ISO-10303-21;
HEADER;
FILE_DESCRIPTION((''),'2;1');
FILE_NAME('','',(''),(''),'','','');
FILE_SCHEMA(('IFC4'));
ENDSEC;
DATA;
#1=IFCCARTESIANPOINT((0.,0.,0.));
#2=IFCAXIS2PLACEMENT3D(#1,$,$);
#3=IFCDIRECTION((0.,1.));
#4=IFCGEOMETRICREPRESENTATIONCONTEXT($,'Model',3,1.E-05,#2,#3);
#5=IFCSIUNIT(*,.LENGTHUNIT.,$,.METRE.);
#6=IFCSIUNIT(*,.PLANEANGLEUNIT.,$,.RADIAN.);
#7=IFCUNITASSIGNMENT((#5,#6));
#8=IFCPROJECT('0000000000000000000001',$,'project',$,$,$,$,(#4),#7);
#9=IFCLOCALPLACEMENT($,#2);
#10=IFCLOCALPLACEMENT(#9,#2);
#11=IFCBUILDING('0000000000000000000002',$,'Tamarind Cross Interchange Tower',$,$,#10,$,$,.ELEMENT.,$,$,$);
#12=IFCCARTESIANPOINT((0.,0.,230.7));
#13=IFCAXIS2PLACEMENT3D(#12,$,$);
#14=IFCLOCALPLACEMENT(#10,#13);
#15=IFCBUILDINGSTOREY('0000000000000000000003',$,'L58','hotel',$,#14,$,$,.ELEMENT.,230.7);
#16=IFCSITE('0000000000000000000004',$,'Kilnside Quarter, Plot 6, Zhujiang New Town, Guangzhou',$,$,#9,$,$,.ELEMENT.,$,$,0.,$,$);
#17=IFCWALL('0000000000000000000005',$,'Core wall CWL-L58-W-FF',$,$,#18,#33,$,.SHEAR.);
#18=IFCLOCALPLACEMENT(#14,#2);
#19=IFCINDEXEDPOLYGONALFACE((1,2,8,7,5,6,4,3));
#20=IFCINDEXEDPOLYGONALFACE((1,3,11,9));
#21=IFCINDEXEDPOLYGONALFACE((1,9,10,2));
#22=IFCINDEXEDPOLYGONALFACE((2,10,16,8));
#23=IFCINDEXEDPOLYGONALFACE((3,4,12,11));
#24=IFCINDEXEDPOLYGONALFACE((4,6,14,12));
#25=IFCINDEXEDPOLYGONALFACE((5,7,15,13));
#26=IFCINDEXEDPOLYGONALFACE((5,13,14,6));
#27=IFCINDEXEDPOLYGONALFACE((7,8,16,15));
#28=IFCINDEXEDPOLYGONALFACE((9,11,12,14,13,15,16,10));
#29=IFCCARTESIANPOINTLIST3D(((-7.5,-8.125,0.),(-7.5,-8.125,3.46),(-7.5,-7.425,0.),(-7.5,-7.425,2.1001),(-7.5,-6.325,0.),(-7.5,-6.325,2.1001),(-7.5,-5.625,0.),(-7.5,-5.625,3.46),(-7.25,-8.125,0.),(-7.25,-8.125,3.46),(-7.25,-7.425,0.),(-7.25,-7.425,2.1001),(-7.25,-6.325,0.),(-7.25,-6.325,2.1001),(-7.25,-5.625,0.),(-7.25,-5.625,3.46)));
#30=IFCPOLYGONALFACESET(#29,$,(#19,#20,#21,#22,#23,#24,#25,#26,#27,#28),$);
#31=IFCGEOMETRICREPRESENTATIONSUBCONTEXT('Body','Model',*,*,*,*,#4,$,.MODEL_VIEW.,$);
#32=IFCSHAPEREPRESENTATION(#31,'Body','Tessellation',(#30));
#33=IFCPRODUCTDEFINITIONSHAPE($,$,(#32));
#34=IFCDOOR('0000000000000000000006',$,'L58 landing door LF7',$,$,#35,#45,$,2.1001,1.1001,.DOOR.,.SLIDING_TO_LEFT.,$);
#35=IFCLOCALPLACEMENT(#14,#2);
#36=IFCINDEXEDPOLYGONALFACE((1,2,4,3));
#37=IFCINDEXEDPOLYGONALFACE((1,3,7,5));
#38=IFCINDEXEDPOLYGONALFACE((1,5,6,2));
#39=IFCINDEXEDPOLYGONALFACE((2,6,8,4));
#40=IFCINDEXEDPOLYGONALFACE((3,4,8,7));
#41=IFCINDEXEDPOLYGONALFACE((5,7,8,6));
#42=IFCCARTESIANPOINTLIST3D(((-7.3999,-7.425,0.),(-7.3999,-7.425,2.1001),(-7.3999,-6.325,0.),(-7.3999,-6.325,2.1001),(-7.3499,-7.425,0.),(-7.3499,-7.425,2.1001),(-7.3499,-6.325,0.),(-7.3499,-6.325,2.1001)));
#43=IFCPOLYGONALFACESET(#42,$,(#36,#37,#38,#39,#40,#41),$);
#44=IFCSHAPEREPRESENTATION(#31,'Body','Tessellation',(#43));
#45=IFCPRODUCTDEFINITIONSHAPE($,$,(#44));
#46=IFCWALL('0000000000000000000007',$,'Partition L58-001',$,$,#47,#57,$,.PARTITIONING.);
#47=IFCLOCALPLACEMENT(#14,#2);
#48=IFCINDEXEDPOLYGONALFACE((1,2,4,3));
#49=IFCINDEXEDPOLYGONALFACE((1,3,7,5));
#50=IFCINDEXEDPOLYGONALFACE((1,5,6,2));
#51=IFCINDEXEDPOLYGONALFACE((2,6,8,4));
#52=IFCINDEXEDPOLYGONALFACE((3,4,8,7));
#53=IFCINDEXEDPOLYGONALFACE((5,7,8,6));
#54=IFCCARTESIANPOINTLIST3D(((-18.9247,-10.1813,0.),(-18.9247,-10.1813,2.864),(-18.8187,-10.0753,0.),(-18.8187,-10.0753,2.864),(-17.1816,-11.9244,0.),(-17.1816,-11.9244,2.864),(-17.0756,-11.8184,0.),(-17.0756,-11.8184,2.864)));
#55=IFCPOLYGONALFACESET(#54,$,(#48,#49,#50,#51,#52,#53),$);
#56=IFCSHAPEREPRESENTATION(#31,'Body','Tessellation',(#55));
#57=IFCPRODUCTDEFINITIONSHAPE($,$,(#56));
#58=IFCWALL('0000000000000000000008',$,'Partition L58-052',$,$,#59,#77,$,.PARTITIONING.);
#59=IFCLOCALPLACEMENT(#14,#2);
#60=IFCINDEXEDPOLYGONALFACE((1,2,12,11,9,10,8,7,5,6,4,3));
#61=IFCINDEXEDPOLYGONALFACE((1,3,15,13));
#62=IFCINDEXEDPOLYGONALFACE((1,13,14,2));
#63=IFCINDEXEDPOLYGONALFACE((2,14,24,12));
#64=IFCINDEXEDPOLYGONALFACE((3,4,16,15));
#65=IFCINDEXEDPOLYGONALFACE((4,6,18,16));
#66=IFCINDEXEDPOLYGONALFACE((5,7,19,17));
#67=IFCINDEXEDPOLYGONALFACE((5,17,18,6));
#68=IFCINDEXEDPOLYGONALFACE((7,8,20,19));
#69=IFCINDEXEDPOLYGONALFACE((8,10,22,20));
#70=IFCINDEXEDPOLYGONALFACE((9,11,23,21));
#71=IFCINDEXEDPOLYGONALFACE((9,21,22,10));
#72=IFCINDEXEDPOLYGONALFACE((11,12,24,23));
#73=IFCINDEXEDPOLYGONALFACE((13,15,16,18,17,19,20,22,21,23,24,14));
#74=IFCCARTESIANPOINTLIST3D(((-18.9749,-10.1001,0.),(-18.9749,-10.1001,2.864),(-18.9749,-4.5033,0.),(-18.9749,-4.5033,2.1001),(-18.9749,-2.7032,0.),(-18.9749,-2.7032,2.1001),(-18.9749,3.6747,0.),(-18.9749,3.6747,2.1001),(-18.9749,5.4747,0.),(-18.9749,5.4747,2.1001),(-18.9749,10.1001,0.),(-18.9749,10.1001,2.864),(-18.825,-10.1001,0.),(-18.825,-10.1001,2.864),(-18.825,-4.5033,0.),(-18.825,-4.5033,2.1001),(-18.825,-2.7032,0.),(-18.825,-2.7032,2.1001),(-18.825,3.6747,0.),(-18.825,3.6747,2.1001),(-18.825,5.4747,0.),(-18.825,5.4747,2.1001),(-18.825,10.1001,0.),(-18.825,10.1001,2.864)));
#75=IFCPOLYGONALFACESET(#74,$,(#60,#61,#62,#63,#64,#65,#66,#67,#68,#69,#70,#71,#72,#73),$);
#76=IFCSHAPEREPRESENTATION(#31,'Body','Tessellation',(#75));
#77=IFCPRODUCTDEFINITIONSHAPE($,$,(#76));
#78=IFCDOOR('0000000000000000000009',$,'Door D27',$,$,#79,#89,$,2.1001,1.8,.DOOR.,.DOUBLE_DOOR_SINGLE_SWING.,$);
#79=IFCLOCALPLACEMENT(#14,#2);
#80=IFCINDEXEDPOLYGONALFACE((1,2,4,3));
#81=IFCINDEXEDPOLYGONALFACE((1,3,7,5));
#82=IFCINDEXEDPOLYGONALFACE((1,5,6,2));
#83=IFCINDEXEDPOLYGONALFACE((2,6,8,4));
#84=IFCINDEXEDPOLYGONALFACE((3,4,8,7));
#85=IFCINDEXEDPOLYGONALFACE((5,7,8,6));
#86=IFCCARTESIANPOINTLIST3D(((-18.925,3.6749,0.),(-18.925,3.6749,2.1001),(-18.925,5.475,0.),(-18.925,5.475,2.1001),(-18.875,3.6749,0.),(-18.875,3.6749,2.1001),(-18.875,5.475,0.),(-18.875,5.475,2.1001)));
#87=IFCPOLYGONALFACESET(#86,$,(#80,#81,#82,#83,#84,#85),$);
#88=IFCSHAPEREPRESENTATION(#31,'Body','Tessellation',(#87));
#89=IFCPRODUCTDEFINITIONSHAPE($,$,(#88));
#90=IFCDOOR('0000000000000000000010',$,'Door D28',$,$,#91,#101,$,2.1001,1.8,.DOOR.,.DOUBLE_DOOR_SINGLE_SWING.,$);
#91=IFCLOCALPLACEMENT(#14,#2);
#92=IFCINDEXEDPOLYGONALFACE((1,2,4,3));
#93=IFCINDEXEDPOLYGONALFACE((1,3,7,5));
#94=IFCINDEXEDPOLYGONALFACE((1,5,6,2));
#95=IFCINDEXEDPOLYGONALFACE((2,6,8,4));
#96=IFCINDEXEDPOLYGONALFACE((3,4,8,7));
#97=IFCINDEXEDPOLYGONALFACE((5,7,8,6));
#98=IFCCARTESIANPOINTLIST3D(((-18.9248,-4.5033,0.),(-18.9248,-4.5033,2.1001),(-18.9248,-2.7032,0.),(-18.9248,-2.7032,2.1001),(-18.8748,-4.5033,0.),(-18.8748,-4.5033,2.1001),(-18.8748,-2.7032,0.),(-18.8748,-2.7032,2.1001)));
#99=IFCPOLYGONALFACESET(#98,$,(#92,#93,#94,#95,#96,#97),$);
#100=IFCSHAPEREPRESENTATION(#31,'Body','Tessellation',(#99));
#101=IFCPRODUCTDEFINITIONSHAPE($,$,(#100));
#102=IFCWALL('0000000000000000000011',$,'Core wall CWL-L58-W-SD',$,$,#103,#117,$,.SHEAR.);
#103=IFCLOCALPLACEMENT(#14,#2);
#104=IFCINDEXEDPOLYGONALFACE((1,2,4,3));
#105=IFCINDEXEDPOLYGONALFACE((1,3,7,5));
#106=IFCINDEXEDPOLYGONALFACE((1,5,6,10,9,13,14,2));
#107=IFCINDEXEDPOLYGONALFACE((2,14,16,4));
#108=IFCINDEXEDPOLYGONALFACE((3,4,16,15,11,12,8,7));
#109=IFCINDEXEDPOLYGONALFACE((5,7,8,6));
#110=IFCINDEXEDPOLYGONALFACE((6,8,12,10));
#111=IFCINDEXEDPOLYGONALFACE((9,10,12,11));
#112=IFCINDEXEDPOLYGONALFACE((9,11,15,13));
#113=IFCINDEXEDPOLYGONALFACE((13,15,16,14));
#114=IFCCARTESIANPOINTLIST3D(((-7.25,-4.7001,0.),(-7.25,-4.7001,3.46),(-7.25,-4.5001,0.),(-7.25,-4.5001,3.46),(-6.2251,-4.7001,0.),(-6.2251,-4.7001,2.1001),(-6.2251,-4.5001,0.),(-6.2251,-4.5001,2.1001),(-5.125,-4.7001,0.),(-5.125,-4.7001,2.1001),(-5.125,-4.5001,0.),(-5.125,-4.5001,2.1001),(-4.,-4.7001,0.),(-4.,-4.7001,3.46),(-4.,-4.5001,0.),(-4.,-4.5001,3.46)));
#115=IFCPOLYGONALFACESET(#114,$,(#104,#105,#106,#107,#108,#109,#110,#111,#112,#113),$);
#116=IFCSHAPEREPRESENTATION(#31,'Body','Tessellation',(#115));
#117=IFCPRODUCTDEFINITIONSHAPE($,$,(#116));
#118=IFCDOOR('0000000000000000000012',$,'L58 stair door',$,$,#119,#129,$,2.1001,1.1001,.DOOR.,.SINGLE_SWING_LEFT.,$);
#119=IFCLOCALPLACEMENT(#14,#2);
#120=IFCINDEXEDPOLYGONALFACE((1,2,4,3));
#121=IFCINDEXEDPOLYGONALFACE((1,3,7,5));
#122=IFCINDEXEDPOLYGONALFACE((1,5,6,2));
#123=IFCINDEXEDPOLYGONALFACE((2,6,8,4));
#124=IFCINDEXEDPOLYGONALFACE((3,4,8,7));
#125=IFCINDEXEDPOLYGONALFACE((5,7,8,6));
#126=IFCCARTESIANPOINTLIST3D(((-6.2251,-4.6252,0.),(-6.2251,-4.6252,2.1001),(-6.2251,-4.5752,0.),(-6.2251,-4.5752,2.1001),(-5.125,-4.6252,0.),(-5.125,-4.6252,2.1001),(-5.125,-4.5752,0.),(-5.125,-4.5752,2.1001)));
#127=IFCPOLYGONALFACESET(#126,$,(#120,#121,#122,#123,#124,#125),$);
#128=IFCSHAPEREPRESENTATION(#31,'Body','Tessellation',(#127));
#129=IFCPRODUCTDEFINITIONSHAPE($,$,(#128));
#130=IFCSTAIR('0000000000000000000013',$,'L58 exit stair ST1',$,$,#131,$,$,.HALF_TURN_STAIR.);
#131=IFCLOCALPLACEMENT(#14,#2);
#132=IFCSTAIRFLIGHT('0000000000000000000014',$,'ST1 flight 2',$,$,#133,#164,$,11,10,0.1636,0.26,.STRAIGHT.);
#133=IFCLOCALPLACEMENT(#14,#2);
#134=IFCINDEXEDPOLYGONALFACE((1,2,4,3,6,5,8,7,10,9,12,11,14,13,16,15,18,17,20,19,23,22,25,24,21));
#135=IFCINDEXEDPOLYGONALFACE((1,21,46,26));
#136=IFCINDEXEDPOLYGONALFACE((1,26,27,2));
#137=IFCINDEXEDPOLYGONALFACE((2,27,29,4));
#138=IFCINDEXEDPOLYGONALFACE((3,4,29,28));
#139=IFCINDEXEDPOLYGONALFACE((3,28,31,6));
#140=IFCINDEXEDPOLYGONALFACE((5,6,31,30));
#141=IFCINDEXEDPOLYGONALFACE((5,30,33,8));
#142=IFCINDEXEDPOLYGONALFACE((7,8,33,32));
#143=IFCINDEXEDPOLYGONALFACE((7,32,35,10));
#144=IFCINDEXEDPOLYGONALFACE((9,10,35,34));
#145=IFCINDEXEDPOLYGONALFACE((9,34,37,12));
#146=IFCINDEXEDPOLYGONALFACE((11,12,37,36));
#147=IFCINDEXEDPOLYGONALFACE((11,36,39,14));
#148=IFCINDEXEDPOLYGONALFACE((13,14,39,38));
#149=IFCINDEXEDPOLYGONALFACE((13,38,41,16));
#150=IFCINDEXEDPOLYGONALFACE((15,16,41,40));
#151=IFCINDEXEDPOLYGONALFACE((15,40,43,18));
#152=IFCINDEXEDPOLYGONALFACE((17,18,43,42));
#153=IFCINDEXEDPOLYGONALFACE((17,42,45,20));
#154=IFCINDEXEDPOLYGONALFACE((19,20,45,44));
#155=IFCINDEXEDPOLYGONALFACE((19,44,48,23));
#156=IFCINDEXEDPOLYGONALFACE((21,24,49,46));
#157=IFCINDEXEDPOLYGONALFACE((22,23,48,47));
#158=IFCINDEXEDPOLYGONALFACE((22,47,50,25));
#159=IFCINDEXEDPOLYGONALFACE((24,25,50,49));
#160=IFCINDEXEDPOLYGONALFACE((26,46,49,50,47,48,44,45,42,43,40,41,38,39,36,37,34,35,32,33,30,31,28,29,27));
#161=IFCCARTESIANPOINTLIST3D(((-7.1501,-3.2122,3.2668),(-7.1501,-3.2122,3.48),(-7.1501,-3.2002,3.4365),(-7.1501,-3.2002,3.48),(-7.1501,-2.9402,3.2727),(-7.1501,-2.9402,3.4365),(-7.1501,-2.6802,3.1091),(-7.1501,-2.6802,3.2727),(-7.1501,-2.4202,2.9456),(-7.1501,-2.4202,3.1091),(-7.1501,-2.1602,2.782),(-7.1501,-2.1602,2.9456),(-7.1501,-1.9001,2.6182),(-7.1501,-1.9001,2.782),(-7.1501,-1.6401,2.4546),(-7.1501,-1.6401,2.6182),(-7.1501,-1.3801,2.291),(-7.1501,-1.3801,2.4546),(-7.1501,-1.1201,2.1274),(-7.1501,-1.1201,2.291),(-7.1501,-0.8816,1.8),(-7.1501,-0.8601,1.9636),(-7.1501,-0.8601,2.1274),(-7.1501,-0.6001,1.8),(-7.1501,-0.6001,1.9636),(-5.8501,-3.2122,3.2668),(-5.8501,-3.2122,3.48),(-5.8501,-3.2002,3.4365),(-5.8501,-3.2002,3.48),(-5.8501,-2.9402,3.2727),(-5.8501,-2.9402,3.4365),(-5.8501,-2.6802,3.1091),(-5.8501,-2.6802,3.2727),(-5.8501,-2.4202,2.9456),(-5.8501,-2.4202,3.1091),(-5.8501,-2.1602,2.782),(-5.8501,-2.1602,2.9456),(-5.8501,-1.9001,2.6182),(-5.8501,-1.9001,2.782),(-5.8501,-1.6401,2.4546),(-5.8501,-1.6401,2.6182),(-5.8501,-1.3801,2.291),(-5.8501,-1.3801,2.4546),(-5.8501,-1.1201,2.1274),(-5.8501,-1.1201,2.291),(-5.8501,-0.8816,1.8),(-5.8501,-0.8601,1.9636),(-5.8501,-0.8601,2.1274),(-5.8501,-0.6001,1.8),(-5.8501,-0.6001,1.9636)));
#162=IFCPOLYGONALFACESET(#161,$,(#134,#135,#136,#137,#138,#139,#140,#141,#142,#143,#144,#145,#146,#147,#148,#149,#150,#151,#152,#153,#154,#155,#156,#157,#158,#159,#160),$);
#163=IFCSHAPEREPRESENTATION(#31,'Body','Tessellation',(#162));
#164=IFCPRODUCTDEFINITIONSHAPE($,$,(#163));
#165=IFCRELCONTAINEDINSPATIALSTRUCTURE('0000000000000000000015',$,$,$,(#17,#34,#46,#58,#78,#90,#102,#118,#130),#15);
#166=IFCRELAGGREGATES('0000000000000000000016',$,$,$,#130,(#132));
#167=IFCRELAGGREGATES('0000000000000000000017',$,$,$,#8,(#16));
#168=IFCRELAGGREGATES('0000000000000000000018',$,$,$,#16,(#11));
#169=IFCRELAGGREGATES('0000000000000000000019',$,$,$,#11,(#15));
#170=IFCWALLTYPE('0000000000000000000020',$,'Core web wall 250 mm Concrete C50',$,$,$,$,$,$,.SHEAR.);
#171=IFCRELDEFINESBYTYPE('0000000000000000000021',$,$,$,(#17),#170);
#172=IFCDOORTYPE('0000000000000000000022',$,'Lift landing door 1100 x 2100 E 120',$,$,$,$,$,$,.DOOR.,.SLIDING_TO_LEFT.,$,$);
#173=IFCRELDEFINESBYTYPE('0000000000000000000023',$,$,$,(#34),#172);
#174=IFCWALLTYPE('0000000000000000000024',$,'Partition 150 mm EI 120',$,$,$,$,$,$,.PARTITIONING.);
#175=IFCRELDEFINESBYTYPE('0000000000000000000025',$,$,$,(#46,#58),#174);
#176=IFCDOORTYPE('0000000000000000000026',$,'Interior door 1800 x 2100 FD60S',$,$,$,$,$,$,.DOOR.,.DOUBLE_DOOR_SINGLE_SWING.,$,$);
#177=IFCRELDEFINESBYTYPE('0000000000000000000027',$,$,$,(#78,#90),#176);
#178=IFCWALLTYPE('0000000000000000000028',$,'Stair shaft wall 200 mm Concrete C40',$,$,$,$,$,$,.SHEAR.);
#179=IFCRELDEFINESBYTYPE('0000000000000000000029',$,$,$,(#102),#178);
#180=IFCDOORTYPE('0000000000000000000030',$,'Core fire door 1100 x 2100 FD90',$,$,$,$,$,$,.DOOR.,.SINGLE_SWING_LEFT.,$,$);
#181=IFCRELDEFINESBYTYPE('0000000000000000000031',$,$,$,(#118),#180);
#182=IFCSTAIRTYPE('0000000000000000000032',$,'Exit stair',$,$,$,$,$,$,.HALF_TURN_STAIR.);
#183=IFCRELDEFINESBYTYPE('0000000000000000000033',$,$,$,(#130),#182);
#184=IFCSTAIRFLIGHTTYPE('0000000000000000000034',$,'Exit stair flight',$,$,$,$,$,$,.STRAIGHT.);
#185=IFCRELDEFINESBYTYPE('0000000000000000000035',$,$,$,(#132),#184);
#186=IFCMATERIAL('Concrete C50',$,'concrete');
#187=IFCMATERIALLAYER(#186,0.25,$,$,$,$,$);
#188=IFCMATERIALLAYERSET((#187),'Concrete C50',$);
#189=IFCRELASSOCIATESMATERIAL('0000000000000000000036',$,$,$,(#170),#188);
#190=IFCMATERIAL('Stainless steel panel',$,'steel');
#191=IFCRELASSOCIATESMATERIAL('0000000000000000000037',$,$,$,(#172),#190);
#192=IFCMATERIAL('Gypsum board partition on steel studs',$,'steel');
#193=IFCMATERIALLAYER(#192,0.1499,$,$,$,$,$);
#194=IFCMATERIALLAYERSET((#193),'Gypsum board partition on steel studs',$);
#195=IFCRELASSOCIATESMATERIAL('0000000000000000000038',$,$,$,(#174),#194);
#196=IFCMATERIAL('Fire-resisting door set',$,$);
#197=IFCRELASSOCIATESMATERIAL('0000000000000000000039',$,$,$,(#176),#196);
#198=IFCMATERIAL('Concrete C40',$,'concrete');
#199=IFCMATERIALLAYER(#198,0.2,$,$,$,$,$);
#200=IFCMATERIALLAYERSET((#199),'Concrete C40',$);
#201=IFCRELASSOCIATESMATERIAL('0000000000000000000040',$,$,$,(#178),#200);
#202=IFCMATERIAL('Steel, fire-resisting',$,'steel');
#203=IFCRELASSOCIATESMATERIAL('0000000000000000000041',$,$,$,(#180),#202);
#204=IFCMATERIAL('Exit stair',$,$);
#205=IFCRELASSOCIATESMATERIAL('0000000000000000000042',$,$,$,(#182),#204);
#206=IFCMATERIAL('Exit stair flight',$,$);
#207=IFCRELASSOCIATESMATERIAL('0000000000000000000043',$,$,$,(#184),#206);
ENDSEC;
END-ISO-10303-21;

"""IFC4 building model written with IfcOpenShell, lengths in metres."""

from ifc_helpers import new_model, si_unit, direction, frame, frame_2d, origin, place, context, subcontext, project, spatial, polyline, rectangle, outline, extrude, material, layer, layer_set, type_object, element, fill, aggregate, save


model = new_model("IFC4")

# Units and contexts
model_context = context("Model", 3, precision=1e-05, world=origin(), true_north=direction((0.0, 1.0)))
body_context = subcontext(model_context, "Body", "Model", "MODEL_VIEW")
ifc_project = project(units=[si_unit("LENGTHUNIT", "METRE"), si_unit("PLANEANGLEUNIT", "RADIAN")], contexts=[model_context])

# Site, building, storey
site_placement = place(None, origin())
site = spatial("IfcSite", under=ifc_project, at=site_placement, Name="Kilnside Quarter, Plot 6, Zhujiang New Town, Guangzhou", CompositionType="ELEMENT", RefElevation=0.0)
building_placement = place(site_placement, origin())
building = spatial("IfcBuilding", under=site, at=building_placement, Name="Tamarind Cross Interchange Tower", CompositionType="ELEMENT")
storey_placement = place(building_placement, frame((0.0, 0.0, 230.7)))
storey = spatial("IfcBuildingStorey", under=building, at=storey_placement, Name="L58", Description="hotel", CompositionType="ELEMENT", Elevation=230.7)

# Shared definitions
ifc_material_1 = material(Name="Concrete C50", Category="concrete")

# Shared definitions
ifc_material_2 = material(Name="Steel, fire-resisting", Category="steel")

# Shared definitions
ifc_layer_1 = layer(ifc_material_1, 0.25)
ifc_layer_set_1 = layer_set([ifc_layer_1], Name="Concrete C50")
wall_type_1 = type_object("IfcWallType", Name="Core web wall 250 mm Concrete C50", PredefinedType="SHEAR", material=ifc_layer_set_1)

# Shared definitions
ifc_material_3 = material(Name="Stainless steel panel", Category="steel")
door_type_1 = type_object("IfcDoorType", Name="Lift landing door 1100 x 2100 E 120", OperationType="SLIDING_TO_LEFT", PredefinedType="DOOR", material=ifc_material_3)

# Wall, opening, door
wall_1_placement = place(storey_placement, frame((-7.375, -8.125, 0.0), z_axis=(0.0, 0.0, 1.0), x_axis=(0.0, 1.0, 0.0)))
wall_1 = element("IfcWall", 1, at=wall_1_placement, inside=storey, type_object=wall_type_1, Name="Core wall CWL-L58-W-FF", PredefinedType="SHEAR", context=body_context, shape_type="SweptSolid", body=[
    extrude(rectangle(XDim=2.5, YDim=0.25, at=frame_2d((1.25, 0.0))), origin(), (0.0, 0.0, 1.0), 3.46),
])
opening_1_placement = place(wall_1_placement, frame((0.7, 0.0, 0.0)))
opening_1 = element("IfcOpeningElement", 2, at=opening_1_placement, cuts=wall_1, PredefinedType="OPENING", context=body_context, shape_type="SweptSolid", body=[
    extrude(rectangle(XDim=1.1001, YDim=2.1001, at=frame_2d((0.55, 1.05))), frame((0.0, 0.135, 0.0), z_axis=(0.0, -1.0, 0.0), x_axis=(1.0, 0.0, 0.0)), (0.0, 0.0, 1.0), 0.27),
])
door_1_placement = place(opening_1_placement, origin())
door_1 = element("IfcDoor", 3, at=door_1_placement, inside=storey, type_object=door_type_1, Name="L58 landing door LF7", OperationType="SLIDING_TO_LEFT", OverallHeight=2.1001, OverallWidth=1.1001, PredefinedType="DOOR", context=body_context, shape_type="SweptSolid", body=[
    extrude(rectangle(XDim=1.1001, YDim=2.1001, at=frame_2d((0.55, 1.05))), frame((0.0, 0.0249, 0.0), z_axis=(0.0, -1.0, 0.0), x_axis=(1.0, 0.0, 0.0)), (0.0, 0.0, 1.0), 0.05),
])
fill(opening_1, door_1)

# Wall
ifc_material_4 = material(Name="Gypsum board partition on steel studs", Category="steel")
ifc_layer_2 = layer(ifc_material_4, 0.1499)
ifc_layer_set_2 = layer_set([ifc_layer_2], Name="Gypsum board partition on steel studs")
wall_type_2 = type_object("IfcWallType", Name="Partition 150 mm EI 120", PredefinedType="PARTITIONING", material=ifc_layer_set_2)
wall_2_placement = place(storey_placement, frame((-18.8716, -10.1284, 0.0), z_axis=(0.0, 0.0, 1.0), x_axis=(0.707107, -0.707107, 0.0)))
element("IfcWall", 4, at=wall_2_placement, inside=storey, type_object=wall_type_2, Name="Partition L58-001", PredefinedType="PARTITIONING", context=body_context, shape_type="SweptSolid", body=[
    extrude(rectangle(XDim=2.4651, YDim=0.1499, at=frame_2d((1.2324, 0.0))), origin(), (0.0, 0.0, 1.0), 2.864),
])

# Wall, openings, doors
wall_3_placement = place(storey_placement, frame((-18.8999, -10.1001, 0.0), z_axis=(0.0, 0.0, 1.0), x_axis=(0.0, 1.0, 0.0)))
wall_3 = element("IfcWall", 5, at=wall_3_placement, inside=storey, type_object=wall_type_2, Name="Partition L58-052", PredefinedType="PARTITIONING", context=body_context, shape_type="SweptSolid", body=[
    extrude(rectangle(XDim=20.2002, YDim=0.1499, at=frame_2d((10.1001, 0.0))), origin(), (0.0, 0.0, 1.0), 2.864),
])
opening_2_placement = place(wall_3_placement, frame((13.7749, 0.0, 0.0)))
opening_2 = element("IfcOpeningElement", 6, at=opening_2_placement, cuts=wall_3, PredefinedType="OPENING", context=body_context, shape_type="SweptSolid", body=[
    extrude(rectangle(XDim=1.8, YDim=2.1001, at=frame_2d((0.8999, 1.05))), frame((0.0, 0.085, 0.0), z_axis=(0.0, -1.0, 0.0), x_axis=(1.0, 0.0, 0.0)), (0.0, 0.0, 1.0), 0.1699),
])
opening_3_placement = place(wall_3_placement, frame((5.5969, 0.0, 0.0)))
opening_3 = element("IfcOpeningElement", 7, at=opening_3_placement, cuts=wall_3, PredefinedType="OPENING", context=body_context, shape_type="SweptSolid", body=[
    extrude(rectangle(XDim=1.8, YDim=2.1001, at=frame_2d((0.8999, 1.05))), frame((0.0, 0.085, 0.0), z_axis=(0.0, -1.0, 0.0), x_axis=(1.0, 0.0, 0.0)), (0.0, 0.0, 1.0), 0.1699),
])
ifc_material_5 = material(Name="Fire-resisting door set")
door_type_2 = type_object("IfcDoorType", Name="Interior door 1800 x 2100 FD60S", OperationType="DOUBLE_DOOR_SINGLE_SWING", PredefinedType="DOOR", material=ifc_material_5)
door_2_placement = place(opening_2_placement, frame((1.8, 0.0, 0.0), z_axis=(0.0, 0.0, 1.0), x_axis=(-1.0, 0.0, 0.0)))
door_2 = element("IfcDoor", 8, at=door_2_placement, inside=storey, type_object=door_type_2, Name="Door D27", OperationType="DOUBLE_DOOR_SINGLE_SWING", OverallHeight=2.1001, OverallWidth=1.8, PredefinedType="DOOR", context=body_context, shape_type="SweptSolid", body=[
    extrude(rectangle(XDim=1.8, YDim=2.1001, at=frame_2d((0.8999, 1.05))), frame((0.0, 0.0249, 0.0), z_axis=(0.0, -1.0, 0.0), x_axis=(1.0, 0.0, 0.0)), (0.0, 0.0, 1.0), 0.05),
])
fill(opening_2, door_2)
door_3_placement = place(opening_3_placement, origin())
door_3 = element("IfcDoor", 9, at=door_3_placement, inside=storey, type_object=door_type_2, Name="Door D28", OperationType="DOUBLE_DOOR_SINGLE_SWING", OverallHeight=2.1001, OverallWidth=1.8, PredefinedType="DOOR", context=body_context, shape_type="SweptSolid", body=[
    extrude(rectangle(XDim=1.8, YDim=2.1001, at=frame_2d((0.8999, 1.05))), frame((0.0, 0.0249, 0.0), z_axis=(0.0, -1.0, 0.0), x_axis=(1.0, 0.0, 0.0)), (0.0, 0.0, 1.0), 0.05),
])
fill(opening_3, door_3)

# Wall, opening, door
ifc_material_6 = material(Name="Concrete C40", Category="concrete")
ifc_layer_3 = layer(ifc_material_6, 0.2)
ifc_layer_set_3 = layer_set([ifc_layer_3], Name="Concrete C40")
wall_type_3 = type_object("IfcWallType", Name="Stair shaft wall 200 mm Concrete C40", PredefinedType="SHEAR", material=ifc_layer_set_3)
wall_4_placement = place(storey_placement, frame((-7.25, -4.6001, 0.0), z_axis=(0.0, 0.0, 1.0), x_axis=(1.0, 0.0, 0.0)))
wall_4 = element("IfcWall", 10, at=wall_4_placement, inside=storey, type_object=wall_type_3, Name="Core wall CWL-L58-W-SD", PredefinedType="SHEAR", context=body_context, shape_type="SweptSolid", body=[
    extrude(rectangle(XDim=3.25, YDim=0.2, at=frame_2d((1.625, 0.0))), origin(), (0.0, 0.0, 1.0), 3.46),
])
opening_4_placement = place(wall_4_placement, frame((1.0249, 0.0, 0.0)))
opening_4 = element("IfcOpeningElement", 11, at=opening_4_placement, cuts=wall_4, PredefinedType="OPENING", context=body_context, shape_type="SweptSolid", body=[
    extrude(rectangle(XDim=1.1001, YDim=2.1001, at=frame_2d((0.55, 1.05))), frame((0.0, 0.1099, 0.0), z_axis=(0.0, -1.0, 0.0), x_axis=(1.0, 0.0, 0.0)), (0.0, 0.0, 1.0), 0.22),
])
door_type_3 = type_object("IfcDoorType", Name="Core fire door 1100 x 2100 FD90", OperationType="SINGLE_SWING_LEFT", PredefinedType="DOOR", material=ifc_material_2)
door_4_placement = place(opening_4_placement, origin())
door_4 = element("IfcDoor", 12, at=door_4_placement, inside=storey, type_object=door_type_3, Name="L58 stair door", OperationType="SINGLE_SWING_LEFT", OverallHeight=2.1001, OverallWidth=1.1001, PredefinedType="DOOR", context=body_context, shape_type="SweptSolid", body=[
    extrude(rectangle(XDim=1.1001, YDim=2.1001, at=frame_2d((0.55, 1.05))), frame((0.0, 0.0249, 0.0), z_axis=(0.0, -1.0, 0.0), x_axis=(1.0, 0.0, 0.0)), (0.0, 0.0, 1.0), 0.05),
])
fill(opening_4, door_4)

# Stair, stair flight
ifc_material_7 = material(Name="Exit stair")
stair_type = type_object("IfcStairType", Name="Exit stair", PredefinedType="HALF_TURN_STAIR", material=ifc_material_7)
stair_placement = place(storey_placement, origin())
stair = element("IfcStair", 13, at=stair_placement, inside=storey, type_object=stair_type, Name="L58 exit stair ST1", PredefinedType="HALF_TURN_STAIR")
ifc_material_8 = material(Name="Exit stair flight")
stair_flight_type = type_object("IfcStairFlightType", Name="Exit stair flight", PredefinedType="STRAIGHT", material=ifc_material_8)
stair_flight_placement = place(storey_placement, frame((-6.5, -0.6001, 1.8), z_axis=(0.0, 0.0, 1.0), x_axis=(0.0, -1.0, 0.0)))
stair_flight = element("IfcStairFlight", 14, at=stair_flight_placement, type_object=stair_flight_type, Name="ST1 flight 2", NumberOfRisers=11, NumberOfTreads=10, PredefinedType="STRAIGHT", RiserHeight=0.1636, TreadLength=0.26, context=body_context, shape_type="SweptSolid", body=[
    extrude(outline(polyline([(0.0, 0.0), (0.0, 0.1636), (0.26, 0.1636), (0.26, 0.3274), (0.52, 0.3274), (0.52, 0.491), (0.78, 0.491), (0.78, 0.6545), (1.04, 0.6545), (1.04, 0.8181), (1.3, 0.8181), (1.3, 0.9819), (1.5601, 0.9819), (1.5601, 1.1455), (1.8201, 1.1455), (1.8201, 1.3091), (2.0801, 1.3091), (2.0801, 1.4727), (2.3401, 1.4727), (2.3401, 1.6365), (2.6001, 1.6365), (2.6001, 1.6799), (2.6121, 1.6799), (2.6121, 1.4668), (0.2815, 0.0), (0.0, 0.0)])), frame((0.0, 0.6499, 0.0), z_axis=(0.0, -1.0, 0.0), x_axis=(1.0, 0.0, 0.0)), (0.0, 0.0, 1.0), 1.3),
])
aggregate(stair, [stair_flight])

save(model, "model.ifc")
